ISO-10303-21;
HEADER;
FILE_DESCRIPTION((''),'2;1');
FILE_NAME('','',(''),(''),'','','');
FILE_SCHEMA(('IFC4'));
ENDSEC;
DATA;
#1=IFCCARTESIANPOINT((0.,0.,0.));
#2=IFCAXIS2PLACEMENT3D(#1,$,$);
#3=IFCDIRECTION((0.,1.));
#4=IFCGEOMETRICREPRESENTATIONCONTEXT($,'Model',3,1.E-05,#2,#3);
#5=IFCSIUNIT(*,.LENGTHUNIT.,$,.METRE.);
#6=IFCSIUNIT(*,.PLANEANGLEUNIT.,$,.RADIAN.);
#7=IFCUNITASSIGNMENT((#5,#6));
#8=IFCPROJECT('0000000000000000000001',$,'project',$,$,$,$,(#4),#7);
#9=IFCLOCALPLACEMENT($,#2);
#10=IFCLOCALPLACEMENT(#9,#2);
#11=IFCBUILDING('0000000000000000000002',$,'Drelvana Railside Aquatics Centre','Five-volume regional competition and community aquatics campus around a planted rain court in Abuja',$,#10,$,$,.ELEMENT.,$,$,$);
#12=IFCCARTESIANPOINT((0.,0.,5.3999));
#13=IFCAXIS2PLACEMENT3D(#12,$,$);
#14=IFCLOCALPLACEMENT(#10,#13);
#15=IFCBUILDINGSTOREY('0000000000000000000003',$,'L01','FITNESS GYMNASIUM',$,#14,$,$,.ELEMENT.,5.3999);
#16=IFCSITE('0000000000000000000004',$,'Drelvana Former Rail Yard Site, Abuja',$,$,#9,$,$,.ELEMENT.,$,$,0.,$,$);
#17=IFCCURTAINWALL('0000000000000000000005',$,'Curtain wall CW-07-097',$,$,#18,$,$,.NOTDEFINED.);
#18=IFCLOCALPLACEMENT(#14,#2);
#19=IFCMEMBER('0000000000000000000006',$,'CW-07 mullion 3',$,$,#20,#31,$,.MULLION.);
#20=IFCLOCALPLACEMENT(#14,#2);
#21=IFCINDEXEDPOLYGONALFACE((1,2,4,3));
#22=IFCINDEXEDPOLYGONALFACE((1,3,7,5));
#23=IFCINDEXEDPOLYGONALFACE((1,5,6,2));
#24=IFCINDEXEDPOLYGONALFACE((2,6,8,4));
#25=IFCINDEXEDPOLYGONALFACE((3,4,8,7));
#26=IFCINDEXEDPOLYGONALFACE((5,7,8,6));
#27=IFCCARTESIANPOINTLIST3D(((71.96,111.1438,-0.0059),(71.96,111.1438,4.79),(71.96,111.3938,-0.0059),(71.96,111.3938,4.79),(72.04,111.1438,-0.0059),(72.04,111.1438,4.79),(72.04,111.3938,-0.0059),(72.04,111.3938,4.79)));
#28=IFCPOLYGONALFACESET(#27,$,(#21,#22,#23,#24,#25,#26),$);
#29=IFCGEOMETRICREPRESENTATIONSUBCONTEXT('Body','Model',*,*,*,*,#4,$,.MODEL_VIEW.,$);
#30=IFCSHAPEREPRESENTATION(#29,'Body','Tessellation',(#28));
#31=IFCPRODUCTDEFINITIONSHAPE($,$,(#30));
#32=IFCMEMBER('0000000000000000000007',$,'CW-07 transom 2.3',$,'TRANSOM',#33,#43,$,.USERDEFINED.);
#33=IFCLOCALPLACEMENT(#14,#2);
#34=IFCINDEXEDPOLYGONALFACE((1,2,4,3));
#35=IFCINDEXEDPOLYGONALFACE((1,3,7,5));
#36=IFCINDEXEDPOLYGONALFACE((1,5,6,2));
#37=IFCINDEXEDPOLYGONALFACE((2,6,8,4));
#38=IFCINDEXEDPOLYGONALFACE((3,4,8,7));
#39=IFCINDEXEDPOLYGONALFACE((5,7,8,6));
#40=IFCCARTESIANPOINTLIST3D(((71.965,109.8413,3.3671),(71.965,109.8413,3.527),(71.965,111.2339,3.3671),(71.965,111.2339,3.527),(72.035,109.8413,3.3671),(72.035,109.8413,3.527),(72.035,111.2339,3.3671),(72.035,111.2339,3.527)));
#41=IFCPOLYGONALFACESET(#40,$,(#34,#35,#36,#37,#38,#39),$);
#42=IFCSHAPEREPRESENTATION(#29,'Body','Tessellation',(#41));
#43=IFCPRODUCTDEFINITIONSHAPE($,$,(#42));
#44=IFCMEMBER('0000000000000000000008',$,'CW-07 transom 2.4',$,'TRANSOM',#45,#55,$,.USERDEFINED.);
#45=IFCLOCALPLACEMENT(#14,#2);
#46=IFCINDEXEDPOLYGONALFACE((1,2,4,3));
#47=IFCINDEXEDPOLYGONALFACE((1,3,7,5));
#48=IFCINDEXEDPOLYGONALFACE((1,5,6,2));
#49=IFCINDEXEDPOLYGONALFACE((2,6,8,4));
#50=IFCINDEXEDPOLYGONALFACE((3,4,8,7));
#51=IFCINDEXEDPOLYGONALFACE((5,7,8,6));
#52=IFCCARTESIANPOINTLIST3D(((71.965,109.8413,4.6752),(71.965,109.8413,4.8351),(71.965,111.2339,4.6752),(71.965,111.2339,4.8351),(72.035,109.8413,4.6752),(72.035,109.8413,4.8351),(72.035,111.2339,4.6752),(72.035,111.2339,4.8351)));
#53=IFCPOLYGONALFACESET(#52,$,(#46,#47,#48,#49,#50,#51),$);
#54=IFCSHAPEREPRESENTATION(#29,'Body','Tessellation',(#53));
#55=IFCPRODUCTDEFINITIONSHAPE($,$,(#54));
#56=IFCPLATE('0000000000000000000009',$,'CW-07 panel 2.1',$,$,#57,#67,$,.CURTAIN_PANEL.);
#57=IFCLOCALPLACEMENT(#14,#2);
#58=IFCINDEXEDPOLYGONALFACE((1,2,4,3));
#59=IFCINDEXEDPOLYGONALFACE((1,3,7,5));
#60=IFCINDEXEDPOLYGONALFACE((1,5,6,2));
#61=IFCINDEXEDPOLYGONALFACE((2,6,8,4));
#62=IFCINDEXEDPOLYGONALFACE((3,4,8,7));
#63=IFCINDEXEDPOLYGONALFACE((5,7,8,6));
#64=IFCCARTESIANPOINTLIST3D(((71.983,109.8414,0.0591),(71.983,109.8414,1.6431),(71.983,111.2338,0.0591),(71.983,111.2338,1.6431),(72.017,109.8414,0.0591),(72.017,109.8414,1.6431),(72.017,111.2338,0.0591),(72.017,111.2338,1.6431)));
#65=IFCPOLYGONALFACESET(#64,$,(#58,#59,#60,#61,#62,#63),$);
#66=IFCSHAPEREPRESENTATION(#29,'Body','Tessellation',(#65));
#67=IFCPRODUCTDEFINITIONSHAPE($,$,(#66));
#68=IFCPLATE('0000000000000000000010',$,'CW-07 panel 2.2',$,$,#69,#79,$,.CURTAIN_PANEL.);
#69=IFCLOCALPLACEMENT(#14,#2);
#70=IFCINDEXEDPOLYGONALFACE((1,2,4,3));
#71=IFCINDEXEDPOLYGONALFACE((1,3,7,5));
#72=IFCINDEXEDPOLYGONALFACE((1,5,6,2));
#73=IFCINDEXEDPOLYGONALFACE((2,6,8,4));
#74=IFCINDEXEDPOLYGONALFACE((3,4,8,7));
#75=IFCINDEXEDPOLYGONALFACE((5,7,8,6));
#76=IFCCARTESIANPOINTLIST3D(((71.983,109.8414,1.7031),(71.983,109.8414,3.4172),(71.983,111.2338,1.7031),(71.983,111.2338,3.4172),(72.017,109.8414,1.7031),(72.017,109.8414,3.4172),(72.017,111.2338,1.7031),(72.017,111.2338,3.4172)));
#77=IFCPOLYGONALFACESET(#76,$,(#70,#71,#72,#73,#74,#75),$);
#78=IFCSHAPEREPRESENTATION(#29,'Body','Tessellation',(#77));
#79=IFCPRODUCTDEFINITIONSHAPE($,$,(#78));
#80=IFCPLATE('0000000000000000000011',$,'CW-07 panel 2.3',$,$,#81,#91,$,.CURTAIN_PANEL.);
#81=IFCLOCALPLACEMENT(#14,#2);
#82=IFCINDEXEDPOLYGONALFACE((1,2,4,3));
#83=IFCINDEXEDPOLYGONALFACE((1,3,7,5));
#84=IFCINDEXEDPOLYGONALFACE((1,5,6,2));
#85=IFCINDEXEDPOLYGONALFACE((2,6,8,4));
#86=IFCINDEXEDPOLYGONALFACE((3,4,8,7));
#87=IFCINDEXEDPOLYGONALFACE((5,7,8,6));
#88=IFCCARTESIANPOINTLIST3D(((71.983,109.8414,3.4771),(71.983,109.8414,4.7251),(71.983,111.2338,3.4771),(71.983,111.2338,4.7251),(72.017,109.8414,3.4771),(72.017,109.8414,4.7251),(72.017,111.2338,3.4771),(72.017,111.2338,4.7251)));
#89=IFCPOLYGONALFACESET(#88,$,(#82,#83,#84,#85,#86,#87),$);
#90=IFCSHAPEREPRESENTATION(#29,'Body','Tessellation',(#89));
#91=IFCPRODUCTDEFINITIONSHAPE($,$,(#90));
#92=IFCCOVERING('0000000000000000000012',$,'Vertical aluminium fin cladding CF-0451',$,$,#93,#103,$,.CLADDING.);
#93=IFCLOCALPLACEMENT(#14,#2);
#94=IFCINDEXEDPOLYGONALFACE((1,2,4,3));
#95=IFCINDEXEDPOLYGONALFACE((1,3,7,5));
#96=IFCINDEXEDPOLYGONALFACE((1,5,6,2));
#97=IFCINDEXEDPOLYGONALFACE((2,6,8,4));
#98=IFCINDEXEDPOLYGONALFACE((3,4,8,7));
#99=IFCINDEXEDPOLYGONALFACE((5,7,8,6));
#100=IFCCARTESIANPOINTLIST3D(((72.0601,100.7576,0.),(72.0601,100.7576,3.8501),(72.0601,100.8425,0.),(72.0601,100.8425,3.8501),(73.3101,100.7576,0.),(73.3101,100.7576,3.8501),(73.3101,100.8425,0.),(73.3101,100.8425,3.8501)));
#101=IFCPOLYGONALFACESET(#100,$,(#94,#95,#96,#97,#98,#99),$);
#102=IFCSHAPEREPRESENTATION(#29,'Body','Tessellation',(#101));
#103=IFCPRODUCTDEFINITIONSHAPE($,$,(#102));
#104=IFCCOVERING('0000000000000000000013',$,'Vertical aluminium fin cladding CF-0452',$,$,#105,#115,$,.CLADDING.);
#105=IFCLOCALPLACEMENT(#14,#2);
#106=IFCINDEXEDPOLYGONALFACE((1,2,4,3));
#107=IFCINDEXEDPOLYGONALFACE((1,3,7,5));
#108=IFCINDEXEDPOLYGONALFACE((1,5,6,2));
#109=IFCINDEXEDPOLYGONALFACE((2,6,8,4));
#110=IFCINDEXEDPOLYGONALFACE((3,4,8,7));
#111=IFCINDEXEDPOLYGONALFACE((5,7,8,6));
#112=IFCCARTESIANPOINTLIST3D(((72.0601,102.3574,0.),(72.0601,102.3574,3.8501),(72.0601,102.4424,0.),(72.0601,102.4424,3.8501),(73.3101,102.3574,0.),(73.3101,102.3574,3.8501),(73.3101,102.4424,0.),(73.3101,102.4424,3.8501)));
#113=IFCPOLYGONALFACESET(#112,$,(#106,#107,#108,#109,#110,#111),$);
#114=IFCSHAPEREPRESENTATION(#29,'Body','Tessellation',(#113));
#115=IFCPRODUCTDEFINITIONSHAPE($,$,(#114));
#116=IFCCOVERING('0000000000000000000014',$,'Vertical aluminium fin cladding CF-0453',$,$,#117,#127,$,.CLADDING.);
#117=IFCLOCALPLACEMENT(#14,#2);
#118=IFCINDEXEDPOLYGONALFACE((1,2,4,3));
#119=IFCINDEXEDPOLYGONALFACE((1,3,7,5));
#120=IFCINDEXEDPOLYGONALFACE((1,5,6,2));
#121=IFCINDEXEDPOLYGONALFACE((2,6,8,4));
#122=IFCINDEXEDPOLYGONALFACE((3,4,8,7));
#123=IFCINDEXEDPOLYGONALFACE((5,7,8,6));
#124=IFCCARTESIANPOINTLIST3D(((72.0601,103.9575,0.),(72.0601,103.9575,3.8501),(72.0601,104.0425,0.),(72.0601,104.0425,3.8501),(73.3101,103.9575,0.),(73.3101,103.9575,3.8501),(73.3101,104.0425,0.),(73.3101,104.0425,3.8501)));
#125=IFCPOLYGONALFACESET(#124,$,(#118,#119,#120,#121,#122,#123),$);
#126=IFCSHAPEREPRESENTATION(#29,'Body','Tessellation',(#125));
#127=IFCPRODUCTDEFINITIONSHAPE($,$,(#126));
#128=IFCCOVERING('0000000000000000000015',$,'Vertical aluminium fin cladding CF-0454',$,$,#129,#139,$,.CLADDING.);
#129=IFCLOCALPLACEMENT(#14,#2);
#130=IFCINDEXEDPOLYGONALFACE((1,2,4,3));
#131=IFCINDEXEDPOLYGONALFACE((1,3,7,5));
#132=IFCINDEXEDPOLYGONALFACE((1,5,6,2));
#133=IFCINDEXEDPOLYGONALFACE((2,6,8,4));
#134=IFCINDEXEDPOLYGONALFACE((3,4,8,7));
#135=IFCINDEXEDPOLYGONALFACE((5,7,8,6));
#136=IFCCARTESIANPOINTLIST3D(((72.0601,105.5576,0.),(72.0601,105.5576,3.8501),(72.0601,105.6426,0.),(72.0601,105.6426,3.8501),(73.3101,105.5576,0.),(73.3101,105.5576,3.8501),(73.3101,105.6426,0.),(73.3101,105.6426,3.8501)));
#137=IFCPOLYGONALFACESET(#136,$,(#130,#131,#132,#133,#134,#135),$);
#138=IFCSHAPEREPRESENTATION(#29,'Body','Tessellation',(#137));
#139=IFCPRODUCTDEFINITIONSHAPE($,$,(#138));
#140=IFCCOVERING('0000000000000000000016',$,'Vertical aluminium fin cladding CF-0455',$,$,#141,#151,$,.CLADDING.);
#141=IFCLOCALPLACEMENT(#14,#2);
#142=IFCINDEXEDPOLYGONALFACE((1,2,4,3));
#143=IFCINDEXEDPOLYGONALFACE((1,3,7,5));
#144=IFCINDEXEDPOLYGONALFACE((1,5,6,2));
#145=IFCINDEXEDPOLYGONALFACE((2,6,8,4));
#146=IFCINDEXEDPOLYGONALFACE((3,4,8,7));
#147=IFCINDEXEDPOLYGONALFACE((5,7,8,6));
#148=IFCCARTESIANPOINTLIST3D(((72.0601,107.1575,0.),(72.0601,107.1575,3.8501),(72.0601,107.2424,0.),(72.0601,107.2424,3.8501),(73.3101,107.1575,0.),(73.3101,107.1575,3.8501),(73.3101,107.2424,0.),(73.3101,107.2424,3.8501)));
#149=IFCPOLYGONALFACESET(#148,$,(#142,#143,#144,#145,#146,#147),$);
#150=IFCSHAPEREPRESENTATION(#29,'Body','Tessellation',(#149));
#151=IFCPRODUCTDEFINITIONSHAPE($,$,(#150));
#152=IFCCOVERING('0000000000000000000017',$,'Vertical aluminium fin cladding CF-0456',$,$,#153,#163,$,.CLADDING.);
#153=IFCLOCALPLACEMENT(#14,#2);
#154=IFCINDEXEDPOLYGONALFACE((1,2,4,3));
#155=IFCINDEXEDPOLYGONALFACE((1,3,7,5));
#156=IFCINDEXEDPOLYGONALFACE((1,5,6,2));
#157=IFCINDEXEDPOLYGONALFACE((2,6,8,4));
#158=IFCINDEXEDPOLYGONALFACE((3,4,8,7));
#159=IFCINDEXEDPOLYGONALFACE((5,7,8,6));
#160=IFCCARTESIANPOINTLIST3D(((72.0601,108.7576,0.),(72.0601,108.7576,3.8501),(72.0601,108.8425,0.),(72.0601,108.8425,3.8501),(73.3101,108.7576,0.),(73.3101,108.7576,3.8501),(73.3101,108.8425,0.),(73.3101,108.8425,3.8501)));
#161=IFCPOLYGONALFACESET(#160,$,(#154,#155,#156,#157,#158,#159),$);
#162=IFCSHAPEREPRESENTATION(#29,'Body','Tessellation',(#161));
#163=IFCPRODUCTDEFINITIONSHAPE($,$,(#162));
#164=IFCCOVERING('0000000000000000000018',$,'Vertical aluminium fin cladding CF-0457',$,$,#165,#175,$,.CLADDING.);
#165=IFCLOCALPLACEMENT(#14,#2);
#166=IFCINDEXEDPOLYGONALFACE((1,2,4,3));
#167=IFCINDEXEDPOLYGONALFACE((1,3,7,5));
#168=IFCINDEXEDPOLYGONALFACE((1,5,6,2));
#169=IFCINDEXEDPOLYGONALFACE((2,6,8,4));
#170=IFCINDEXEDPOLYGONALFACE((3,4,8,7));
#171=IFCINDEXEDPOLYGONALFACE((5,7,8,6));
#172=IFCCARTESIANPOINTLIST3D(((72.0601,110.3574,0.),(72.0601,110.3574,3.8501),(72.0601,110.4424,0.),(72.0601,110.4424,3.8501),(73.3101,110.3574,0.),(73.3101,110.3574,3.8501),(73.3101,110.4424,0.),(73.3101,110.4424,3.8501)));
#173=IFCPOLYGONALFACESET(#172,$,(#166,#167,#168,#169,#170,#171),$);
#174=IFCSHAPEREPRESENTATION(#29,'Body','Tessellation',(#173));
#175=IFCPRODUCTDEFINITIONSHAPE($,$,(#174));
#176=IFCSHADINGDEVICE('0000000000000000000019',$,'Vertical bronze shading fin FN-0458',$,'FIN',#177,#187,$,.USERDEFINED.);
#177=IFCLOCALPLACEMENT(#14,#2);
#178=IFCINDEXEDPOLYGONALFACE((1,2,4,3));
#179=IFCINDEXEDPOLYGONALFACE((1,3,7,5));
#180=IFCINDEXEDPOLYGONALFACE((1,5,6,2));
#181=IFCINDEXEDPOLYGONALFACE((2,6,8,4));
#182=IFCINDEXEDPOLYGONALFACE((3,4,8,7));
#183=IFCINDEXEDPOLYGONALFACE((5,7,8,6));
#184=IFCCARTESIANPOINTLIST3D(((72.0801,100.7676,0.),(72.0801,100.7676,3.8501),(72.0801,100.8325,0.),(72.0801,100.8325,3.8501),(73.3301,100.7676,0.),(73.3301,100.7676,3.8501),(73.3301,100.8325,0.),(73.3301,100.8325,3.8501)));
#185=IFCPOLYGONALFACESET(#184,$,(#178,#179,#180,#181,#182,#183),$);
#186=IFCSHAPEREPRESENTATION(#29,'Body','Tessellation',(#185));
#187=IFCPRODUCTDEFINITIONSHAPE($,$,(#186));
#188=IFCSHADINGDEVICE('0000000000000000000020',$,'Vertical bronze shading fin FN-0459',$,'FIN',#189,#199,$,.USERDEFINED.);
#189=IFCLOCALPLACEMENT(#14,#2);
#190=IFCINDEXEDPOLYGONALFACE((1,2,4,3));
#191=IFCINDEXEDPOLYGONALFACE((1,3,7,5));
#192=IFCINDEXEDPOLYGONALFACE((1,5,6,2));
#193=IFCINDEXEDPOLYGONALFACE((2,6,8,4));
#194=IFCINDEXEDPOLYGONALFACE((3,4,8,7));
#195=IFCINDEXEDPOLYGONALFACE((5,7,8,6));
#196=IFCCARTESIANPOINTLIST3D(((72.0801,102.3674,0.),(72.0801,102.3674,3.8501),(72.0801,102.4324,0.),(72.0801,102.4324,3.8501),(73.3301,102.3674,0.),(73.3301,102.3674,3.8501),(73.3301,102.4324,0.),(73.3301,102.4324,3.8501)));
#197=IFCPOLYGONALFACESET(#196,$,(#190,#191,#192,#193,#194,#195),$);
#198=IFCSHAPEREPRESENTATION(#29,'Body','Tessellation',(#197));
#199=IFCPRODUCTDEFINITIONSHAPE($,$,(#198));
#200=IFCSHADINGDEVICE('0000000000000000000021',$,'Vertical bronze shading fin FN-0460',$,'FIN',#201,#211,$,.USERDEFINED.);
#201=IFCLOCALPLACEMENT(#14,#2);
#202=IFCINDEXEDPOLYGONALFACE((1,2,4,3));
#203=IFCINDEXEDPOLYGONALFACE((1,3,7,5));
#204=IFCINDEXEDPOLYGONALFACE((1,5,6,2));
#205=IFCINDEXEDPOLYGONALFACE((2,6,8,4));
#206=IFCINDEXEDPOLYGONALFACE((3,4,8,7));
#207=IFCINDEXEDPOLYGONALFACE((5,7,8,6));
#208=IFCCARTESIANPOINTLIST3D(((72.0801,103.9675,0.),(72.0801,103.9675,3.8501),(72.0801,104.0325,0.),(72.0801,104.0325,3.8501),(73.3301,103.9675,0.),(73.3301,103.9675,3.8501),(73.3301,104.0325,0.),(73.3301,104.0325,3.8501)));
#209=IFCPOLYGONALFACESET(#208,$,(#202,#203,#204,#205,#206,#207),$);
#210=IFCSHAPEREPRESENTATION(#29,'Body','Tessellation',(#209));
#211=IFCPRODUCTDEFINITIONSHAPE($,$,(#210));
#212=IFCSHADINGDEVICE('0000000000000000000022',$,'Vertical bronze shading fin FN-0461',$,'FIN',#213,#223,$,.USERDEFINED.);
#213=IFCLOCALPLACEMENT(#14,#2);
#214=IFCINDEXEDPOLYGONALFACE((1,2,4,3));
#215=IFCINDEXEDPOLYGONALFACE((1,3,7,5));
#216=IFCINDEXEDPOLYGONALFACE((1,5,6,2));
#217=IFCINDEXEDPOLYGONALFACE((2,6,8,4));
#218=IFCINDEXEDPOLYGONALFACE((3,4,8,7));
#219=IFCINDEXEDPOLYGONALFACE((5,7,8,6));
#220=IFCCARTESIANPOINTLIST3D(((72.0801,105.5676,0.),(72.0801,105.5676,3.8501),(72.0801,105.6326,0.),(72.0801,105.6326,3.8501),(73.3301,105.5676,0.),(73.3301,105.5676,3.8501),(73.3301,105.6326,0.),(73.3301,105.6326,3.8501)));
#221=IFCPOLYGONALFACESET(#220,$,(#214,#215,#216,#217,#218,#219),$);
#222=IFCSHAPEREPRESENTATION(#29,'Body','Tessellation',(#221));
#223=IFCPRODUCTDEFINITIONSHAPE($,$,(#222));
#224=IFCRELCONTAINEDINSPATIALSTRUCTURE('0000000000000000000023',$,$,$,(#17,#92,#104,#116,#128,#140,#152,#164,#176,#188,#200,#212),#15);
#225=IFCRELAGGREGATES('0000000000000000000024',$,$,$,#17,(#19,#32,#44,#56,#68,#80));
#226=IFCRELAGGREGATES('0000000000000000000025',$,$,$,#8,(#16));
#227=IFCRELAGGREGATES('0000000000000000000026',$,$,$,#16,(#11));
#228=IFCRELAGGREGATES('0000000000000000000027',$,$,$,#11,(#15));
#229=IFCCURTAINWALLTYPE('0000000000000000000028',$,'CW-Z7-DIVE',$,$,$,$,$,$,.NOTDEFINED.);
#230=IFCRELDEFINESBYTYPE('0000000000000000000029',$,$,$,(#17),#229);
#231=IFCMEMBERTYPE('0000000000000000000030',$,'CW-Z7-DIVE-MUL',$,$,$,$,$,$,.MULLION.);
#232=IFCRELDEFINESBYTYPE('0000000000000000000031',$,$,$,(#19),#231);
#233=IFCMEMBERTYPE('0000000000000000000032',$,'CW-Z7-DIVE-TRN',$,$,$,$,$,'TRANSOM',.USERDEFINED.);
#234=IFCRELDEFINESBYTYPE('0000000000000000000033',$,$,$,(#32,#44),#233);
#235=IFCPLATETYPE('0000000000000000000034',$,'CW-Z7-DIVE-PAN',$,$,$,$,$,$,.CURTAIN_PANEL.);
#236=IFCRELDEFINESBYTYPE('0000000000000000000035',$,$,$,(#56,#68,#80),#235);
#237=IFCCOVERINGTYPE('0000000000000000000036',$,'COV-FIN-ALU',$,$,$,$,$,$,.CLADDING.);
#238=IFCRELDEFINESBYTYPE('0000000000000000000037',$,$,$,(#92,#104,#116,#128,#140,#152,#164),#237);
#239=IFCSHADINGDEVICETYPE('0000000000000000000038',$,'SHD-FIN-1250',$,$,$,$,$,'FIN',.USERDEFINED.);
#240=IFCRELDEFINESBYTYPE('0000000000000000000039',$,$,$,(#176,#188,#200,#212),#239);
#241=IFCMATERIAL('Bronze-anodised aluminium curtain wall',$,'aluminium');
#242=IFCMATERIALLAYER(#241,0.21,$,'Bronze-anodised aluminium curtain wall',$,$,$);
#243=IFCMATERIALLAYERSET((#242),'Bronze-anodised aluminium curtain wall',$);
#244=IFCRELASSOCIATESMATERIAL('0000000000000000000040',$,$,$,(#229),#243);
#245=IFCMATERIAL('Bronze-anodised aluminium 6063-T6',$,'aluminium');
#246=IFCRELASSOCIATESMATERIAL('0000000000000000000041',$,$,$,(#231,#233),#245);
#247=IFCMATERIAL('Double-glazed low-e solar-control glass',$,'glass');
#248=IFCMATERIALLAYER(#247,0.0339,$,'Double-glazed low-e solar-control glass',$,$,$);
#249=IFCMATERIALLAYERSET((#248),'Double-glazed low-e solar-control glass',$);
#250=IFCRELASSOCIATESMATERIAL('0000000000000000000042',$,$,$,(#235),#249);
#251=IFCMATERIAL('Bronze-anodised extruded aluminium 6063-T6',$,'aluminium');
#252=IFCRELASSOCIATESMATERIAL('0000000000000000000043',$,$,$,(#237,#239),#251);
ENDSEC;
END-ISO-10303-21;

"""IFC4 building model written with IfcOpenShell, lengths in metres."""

from ifc_helpers import new_model, si_unit, direction, frame, origin, origin_2d, place, context, subcontext, project, spatial, rectangle, extrude, material, layer, layer_set, material_profile, profile_set, type_object, element, aggregate, save


model = new_model("IFC4")

# Units and contexts
model_context = context("Model", 3, precision=1e-05, world=origin(), true_north=direction((0.0, 1.0)))
body_context = subcontext(model_context, "Body", "Model", "MODEL_VIEW")
ifc_project = project(units=[si_unit("LENGTHUNIT", "METRE"), si_unit("PLANEANGLEUNIT", "RADIAN")], contexts=[model_context])

# Site, building, storey
site_placement = place(None, origin())
site = spatial("IfcSite", under=ifc_project, at=site_placement, Name="Drelvana Former Rail Yard Site, Abuja", CompositionType="ELEMENT", RefElevation=0.0)
building_placement = place(site_placement, origin())
building = spatial("IfcBuilding", under=site, at=building_placement, Name="Drelvana Railside Aquatics Centre", Description="Five-volume regional competition and community aquatics campus around a planted rain court in Abuja", CompositionType="ELEMENT")
storey_placement = place(building_placement, frame((0.0, 0.0, 5.3999)))
storey = spatial("IfcBuildingStorey", under=building, at=storey_placement, Name="L01", Description="FITNESS GYMNASIUM", CompositionType="ELEMENT", Elevation=5.3999)

# Curtain wall, members, plates
ifc_material_1 = material(Name="Bronze-anodised aluminium curtain wall", Category="aluminium")
ifc_layer_1 = layer(ifc_material_1, 0.21, Name="Bronze-anodised aluminium curtain wall")
ifc_layer_set_1 = layer_set([ifc_layer_1], Name="Bronze-anodised aluminium curtain wall")
curtain_wall_type = type_object("IfcCurtainWallType", Name="CW-Z7-DIVE", PredefinedType="NOTDEFINED", material=ifc_layer_set_1)
curtain_wall_placement = place(storey_placement, origin())
curtain_wall = element("IfcCurtainWall", 1, at=curtain_wall_placement, inside=storey, type_object=curtain_wall_type, Name="Curtain wall CW-07-097", PredefinedType="NOTDEFINED")
ifc_material_2 = material(Name="Bronze-anodised aluminium 6063-T6", Category="aluminium")
ifc_material_profile_1 = material_profile(ifc_material_2, rectangle(XDim=0.0801, YDim=0.25, at=origin_2d()), Name="ALU-M 80x250")
ifc_profile_set_1 = profile_set([ifc_material_profile_1], Name="Bronze-anodised aluminium 6063-T6")
member_type_1 = type_object("IfcMemberType", Name="CW-Z7-DIVE-MUL", PredefinedType="MULLION", material=ifc_profile_set_1)
member_1_placement = place(storey_placement, frame((72.0, 111.2688, -0.0059), z_axis=(0.0, 0.0, 1.0), x_axis=(-1.0, 0.0, 0.0)))
member_1 = element("IfcMember", 2, at=member_1_placement, type_object=member_type_1, Name="CW-07 mullion 3", PredefinedType="MULLION", context=body_context, shape_type="SweptSolid", body=[
    extrude(rectangle(XDim=0.0801, YDim=0.25, at=origin_2d()), origin(), (0.0, 0.0, 1.0), 4.7959),
])
ifc_material_profile_2 = material_profile(ifc_material_2, rectangle(XDim=0.1599, YDim=0.0701, at=origin_2d()), Name="ALU-T 70x160")
ifc_profile_set_2 = profile_set([ifc_material_profile_2], Name="Bronze-anodised aluminium 6063-T6")
member_type_2 = type_object("IfcMemberType", Name="CW-Z7-DIVE-TRN", ElementType="TRANSOM", PredefinedType="USERDEFINED", material=ifc_profile_set_2)
member_2_placement = place(storey_placement, frame((72.0, 109.8413, 3.447), z_axis=(0.0, 1.0, 0.0), x_axis=(0.0, 0.0, 1.0)))
member_2 = element("IfcMember", 3, at=member_2_placement, type_object=member_type_2, Name="CW-07 transom 2.3", ObjectType="TRANSOM", PredefinedType="USERDEFINED", context=body_context, shape_type="SweptSolid", body=[
    extrude(rectangle(XDim=0.1599, YDim=0.0701, at=origin_2d()), origin(), (0.0, 0.0, 1.0), 1.3926),
])
member_3_placement = place(storey_placement, frame((72.0, 109.8413, 4.7551), z_axis=(0.0, 1.0, 0.0), x_axis=(0.0, 0.0, 1.0)))
member_3 = element("IfcMember", 4, at=member_3_placement, type_object=member_type_2, Name="CW-07 transom 2.4", ObjectType="TRANSOM", PredefinedType="USERDEFINED", context=body_context, shape_type="SweptSolid", body=[
    extrude(rectangle(XDim=0.1599, YDim=0.0701, at=origin_2d()), origin(), (0.0, 0.0, 1.0), 1.3926),
])
ifc_material_3 = material(Name="Double-glazed low-e solar-control glass", Category="glass")
ifc_layer_2 = layer(ifc_material_3, 0.0339, Name="Double-glazed low-e solar-control glass")
ifc_layer_set_2 = layer_set([ifc_layer_2], Name="Double-glazed low-e solar-control glass")
plate_type = type_object("IfcPlateType", Name="CW-Z7-DIVE-PAN", PredefinedType="CURTAIN_PANEL", material=ifc_layer_set_2)
plate_1_placement = place(storey_placement, frame((72.0, 110.5376, 0.0591), z_axis=(0.0, 0.0, 1.0), x_axis=(0.0, 1.0, 0.0)))
plate_1 = element("IfcPlate", 5, at=plate_1_placement, type_object=plate_type, Name="CW-07 panel 2.1", PredefinedType="CURTAIN_PANEL", context=body_context, shape_type="SweptSolid", body=[
    extrude(rectangle(XDim=1.3923, YDim=0.0339, at=origin_2d()), origin(), (0.0, 0.0, 1.0), 1.584),
])
plate_2_placement = place(storey_placement, frame((72.0, 110.5376, 1.7031), z_axis=(0.0, 0.0, 1.0), x_axis=(0.0, 1.0, 0.0)))
plate_2 = element("IfcPlate", 6, at=plate_2_placement, type_object=plate_type, Name="CW-07 panel 2.2", PredefinedType="CURTAIN_PANEL", context=body_context, shape_type="SweptSolid", body=[
    extrude(rectangle(XDim=1.3923, YDim=0.0339, at=origin_2d()), origin(), (0.0, 0.0, 1.0), 1.7141),
])
plate_3_placement = place(storey_placement, frame((72.0, 110.5376, 3.4771), z_axis=(0.0, 0.0, 1.0), x_axis=(0.0, 1.0, 0.0)))
plate_3 = element("IfcPlate", 7, at=plate_3_placement, type_object=plate_type, Name="CW-07 panel 2.3", PredefinedType="CURTAIN_PANEL", context=body_context, shape_type="SweptSolid", body=[
    extrude(rectangle(XDim=1.3923, YDim=0.0339, at=origin_2d()), origin(), (0.0, 0.0, 1.0), 1.248),
])
aggregate(curtain_wall, [member_1, member_2, member_3, plate_1, plate_2, plate_3])

# Coverings
ifc_material_4 = material(Name="Bronze-anodised extruded aluminium 6063-T6", Category="aluminium")
covering_type = type_object("IfcCoveringType", Name="COV-FIN-ALU", PredefinedType="CLADDING", material=ifc_material_4)
for number, where, z_axis, x_axis, name in (
    (8, (72.6851, 100.8, 0.0), (0.0, 0.0, 1.0), (0.0, -1.0, 0.0), "Vertical aluminium fin cladding CF-0451"),
    (9, (72.6851, 102.3999, 0.0), (0.0, 0.0, 1.0), (0.0, -1.0, 0.0), "Vertical aluminium fin cladding CF-0452"),
    (10, (72.6851, 104.0, 0.0), (0.0, 0.0, 1.0), (0.0, -1.0, 0.0), "Vertical aluminium fin cladding CF-0453"),
    (11, (72.6851, 105.6001, 0.0), (0.0, 0.0, 1.0), (0.0, -1.0, 0.0), "Vertical aluminium fin cladding CF-0454"),
    (12, (72.6851, 107.2, 0.0), (0.0, 0.0, 1.0), (0.0, -1.0, 0.0), "Vertical aluminium fin cladding CF-0455"),
    (13, (72.6851, 108.8, 0.0), (0.0, 0.0, 1.0), (0.0, -1.0, 0.0), "Vertical aluminium fin cladding CF-0456"),
    (14, (72.6851, 110.3999, 0.0), (0.0, 0.0, 1.0), (0.0, -1.0, 0.0), "Vertical aluminium fin cladding CF-0457"),
):
    element("IfcCovering", number, at=place(storey_placement, frame(where, z_axis=z_axis, x_axis=x_axis)), inside=storey, type_object=covering_type, Name=name, PredefinedType="CLADDING", context=body_context, shape_type="SweptSolid", body=[
        extrude(rectangle(XDim=0.085, YDim=1.25, at=origin_2d()), origin(), (0.0, 0.0, 1.0), 3.8501),
    ])

# Shading devices
shading_device_type = type_object("IfcShadingDeviceType", Name="SHD-FIN-1250", ElementType="FIN", PredefinedType="USERDEFINED", material=ifc_material_4)
for number, where, z_axis, x_axis, name in (
    (15, (72.7051, 100.8, 0.0), (0.0, 0.0, 1.0), (1.0, 0.0, 0.0), "Vertical bronze shading fin FN-0458"),
    (16, (72.7051, 102.3999, 0.0), (0.0, 0.0, 1.0), (1.0, 0.0, 0.0), "Vertical bronze shading fin FN-0459"),
    (17, (72.7051, 104.0, 0.0), (0.0, 0.0, 1.0), (1.0, 0.0, 0.0), "Vertical bronze shading fin FN-0460"),
    (18, (72.7051, 105.6001, 0.0), (0.0, 0.0, 1.0), (1.0, 0.0, 0.0), "Vertical bronze shading fin FN-0461"),
):
    element("IfcShadingDevice", number, at=place(storey_placement, frame(where, z_axis=z_axis, x_axis=x_axis)), inside=storey, type_object=shading_device_type, Name=name, ObjectType="FIN", PredefinedType="USERDEFINED", context=body_context, shape_type="SweptSolid", body=[
        extrude(rectangle(XDim=1.25, YDim=0.0649, at=origin_2d()), origin(), (0.0, 0.0, 1.0), 3.8501),
    ])

save(model, "model.ifc")
